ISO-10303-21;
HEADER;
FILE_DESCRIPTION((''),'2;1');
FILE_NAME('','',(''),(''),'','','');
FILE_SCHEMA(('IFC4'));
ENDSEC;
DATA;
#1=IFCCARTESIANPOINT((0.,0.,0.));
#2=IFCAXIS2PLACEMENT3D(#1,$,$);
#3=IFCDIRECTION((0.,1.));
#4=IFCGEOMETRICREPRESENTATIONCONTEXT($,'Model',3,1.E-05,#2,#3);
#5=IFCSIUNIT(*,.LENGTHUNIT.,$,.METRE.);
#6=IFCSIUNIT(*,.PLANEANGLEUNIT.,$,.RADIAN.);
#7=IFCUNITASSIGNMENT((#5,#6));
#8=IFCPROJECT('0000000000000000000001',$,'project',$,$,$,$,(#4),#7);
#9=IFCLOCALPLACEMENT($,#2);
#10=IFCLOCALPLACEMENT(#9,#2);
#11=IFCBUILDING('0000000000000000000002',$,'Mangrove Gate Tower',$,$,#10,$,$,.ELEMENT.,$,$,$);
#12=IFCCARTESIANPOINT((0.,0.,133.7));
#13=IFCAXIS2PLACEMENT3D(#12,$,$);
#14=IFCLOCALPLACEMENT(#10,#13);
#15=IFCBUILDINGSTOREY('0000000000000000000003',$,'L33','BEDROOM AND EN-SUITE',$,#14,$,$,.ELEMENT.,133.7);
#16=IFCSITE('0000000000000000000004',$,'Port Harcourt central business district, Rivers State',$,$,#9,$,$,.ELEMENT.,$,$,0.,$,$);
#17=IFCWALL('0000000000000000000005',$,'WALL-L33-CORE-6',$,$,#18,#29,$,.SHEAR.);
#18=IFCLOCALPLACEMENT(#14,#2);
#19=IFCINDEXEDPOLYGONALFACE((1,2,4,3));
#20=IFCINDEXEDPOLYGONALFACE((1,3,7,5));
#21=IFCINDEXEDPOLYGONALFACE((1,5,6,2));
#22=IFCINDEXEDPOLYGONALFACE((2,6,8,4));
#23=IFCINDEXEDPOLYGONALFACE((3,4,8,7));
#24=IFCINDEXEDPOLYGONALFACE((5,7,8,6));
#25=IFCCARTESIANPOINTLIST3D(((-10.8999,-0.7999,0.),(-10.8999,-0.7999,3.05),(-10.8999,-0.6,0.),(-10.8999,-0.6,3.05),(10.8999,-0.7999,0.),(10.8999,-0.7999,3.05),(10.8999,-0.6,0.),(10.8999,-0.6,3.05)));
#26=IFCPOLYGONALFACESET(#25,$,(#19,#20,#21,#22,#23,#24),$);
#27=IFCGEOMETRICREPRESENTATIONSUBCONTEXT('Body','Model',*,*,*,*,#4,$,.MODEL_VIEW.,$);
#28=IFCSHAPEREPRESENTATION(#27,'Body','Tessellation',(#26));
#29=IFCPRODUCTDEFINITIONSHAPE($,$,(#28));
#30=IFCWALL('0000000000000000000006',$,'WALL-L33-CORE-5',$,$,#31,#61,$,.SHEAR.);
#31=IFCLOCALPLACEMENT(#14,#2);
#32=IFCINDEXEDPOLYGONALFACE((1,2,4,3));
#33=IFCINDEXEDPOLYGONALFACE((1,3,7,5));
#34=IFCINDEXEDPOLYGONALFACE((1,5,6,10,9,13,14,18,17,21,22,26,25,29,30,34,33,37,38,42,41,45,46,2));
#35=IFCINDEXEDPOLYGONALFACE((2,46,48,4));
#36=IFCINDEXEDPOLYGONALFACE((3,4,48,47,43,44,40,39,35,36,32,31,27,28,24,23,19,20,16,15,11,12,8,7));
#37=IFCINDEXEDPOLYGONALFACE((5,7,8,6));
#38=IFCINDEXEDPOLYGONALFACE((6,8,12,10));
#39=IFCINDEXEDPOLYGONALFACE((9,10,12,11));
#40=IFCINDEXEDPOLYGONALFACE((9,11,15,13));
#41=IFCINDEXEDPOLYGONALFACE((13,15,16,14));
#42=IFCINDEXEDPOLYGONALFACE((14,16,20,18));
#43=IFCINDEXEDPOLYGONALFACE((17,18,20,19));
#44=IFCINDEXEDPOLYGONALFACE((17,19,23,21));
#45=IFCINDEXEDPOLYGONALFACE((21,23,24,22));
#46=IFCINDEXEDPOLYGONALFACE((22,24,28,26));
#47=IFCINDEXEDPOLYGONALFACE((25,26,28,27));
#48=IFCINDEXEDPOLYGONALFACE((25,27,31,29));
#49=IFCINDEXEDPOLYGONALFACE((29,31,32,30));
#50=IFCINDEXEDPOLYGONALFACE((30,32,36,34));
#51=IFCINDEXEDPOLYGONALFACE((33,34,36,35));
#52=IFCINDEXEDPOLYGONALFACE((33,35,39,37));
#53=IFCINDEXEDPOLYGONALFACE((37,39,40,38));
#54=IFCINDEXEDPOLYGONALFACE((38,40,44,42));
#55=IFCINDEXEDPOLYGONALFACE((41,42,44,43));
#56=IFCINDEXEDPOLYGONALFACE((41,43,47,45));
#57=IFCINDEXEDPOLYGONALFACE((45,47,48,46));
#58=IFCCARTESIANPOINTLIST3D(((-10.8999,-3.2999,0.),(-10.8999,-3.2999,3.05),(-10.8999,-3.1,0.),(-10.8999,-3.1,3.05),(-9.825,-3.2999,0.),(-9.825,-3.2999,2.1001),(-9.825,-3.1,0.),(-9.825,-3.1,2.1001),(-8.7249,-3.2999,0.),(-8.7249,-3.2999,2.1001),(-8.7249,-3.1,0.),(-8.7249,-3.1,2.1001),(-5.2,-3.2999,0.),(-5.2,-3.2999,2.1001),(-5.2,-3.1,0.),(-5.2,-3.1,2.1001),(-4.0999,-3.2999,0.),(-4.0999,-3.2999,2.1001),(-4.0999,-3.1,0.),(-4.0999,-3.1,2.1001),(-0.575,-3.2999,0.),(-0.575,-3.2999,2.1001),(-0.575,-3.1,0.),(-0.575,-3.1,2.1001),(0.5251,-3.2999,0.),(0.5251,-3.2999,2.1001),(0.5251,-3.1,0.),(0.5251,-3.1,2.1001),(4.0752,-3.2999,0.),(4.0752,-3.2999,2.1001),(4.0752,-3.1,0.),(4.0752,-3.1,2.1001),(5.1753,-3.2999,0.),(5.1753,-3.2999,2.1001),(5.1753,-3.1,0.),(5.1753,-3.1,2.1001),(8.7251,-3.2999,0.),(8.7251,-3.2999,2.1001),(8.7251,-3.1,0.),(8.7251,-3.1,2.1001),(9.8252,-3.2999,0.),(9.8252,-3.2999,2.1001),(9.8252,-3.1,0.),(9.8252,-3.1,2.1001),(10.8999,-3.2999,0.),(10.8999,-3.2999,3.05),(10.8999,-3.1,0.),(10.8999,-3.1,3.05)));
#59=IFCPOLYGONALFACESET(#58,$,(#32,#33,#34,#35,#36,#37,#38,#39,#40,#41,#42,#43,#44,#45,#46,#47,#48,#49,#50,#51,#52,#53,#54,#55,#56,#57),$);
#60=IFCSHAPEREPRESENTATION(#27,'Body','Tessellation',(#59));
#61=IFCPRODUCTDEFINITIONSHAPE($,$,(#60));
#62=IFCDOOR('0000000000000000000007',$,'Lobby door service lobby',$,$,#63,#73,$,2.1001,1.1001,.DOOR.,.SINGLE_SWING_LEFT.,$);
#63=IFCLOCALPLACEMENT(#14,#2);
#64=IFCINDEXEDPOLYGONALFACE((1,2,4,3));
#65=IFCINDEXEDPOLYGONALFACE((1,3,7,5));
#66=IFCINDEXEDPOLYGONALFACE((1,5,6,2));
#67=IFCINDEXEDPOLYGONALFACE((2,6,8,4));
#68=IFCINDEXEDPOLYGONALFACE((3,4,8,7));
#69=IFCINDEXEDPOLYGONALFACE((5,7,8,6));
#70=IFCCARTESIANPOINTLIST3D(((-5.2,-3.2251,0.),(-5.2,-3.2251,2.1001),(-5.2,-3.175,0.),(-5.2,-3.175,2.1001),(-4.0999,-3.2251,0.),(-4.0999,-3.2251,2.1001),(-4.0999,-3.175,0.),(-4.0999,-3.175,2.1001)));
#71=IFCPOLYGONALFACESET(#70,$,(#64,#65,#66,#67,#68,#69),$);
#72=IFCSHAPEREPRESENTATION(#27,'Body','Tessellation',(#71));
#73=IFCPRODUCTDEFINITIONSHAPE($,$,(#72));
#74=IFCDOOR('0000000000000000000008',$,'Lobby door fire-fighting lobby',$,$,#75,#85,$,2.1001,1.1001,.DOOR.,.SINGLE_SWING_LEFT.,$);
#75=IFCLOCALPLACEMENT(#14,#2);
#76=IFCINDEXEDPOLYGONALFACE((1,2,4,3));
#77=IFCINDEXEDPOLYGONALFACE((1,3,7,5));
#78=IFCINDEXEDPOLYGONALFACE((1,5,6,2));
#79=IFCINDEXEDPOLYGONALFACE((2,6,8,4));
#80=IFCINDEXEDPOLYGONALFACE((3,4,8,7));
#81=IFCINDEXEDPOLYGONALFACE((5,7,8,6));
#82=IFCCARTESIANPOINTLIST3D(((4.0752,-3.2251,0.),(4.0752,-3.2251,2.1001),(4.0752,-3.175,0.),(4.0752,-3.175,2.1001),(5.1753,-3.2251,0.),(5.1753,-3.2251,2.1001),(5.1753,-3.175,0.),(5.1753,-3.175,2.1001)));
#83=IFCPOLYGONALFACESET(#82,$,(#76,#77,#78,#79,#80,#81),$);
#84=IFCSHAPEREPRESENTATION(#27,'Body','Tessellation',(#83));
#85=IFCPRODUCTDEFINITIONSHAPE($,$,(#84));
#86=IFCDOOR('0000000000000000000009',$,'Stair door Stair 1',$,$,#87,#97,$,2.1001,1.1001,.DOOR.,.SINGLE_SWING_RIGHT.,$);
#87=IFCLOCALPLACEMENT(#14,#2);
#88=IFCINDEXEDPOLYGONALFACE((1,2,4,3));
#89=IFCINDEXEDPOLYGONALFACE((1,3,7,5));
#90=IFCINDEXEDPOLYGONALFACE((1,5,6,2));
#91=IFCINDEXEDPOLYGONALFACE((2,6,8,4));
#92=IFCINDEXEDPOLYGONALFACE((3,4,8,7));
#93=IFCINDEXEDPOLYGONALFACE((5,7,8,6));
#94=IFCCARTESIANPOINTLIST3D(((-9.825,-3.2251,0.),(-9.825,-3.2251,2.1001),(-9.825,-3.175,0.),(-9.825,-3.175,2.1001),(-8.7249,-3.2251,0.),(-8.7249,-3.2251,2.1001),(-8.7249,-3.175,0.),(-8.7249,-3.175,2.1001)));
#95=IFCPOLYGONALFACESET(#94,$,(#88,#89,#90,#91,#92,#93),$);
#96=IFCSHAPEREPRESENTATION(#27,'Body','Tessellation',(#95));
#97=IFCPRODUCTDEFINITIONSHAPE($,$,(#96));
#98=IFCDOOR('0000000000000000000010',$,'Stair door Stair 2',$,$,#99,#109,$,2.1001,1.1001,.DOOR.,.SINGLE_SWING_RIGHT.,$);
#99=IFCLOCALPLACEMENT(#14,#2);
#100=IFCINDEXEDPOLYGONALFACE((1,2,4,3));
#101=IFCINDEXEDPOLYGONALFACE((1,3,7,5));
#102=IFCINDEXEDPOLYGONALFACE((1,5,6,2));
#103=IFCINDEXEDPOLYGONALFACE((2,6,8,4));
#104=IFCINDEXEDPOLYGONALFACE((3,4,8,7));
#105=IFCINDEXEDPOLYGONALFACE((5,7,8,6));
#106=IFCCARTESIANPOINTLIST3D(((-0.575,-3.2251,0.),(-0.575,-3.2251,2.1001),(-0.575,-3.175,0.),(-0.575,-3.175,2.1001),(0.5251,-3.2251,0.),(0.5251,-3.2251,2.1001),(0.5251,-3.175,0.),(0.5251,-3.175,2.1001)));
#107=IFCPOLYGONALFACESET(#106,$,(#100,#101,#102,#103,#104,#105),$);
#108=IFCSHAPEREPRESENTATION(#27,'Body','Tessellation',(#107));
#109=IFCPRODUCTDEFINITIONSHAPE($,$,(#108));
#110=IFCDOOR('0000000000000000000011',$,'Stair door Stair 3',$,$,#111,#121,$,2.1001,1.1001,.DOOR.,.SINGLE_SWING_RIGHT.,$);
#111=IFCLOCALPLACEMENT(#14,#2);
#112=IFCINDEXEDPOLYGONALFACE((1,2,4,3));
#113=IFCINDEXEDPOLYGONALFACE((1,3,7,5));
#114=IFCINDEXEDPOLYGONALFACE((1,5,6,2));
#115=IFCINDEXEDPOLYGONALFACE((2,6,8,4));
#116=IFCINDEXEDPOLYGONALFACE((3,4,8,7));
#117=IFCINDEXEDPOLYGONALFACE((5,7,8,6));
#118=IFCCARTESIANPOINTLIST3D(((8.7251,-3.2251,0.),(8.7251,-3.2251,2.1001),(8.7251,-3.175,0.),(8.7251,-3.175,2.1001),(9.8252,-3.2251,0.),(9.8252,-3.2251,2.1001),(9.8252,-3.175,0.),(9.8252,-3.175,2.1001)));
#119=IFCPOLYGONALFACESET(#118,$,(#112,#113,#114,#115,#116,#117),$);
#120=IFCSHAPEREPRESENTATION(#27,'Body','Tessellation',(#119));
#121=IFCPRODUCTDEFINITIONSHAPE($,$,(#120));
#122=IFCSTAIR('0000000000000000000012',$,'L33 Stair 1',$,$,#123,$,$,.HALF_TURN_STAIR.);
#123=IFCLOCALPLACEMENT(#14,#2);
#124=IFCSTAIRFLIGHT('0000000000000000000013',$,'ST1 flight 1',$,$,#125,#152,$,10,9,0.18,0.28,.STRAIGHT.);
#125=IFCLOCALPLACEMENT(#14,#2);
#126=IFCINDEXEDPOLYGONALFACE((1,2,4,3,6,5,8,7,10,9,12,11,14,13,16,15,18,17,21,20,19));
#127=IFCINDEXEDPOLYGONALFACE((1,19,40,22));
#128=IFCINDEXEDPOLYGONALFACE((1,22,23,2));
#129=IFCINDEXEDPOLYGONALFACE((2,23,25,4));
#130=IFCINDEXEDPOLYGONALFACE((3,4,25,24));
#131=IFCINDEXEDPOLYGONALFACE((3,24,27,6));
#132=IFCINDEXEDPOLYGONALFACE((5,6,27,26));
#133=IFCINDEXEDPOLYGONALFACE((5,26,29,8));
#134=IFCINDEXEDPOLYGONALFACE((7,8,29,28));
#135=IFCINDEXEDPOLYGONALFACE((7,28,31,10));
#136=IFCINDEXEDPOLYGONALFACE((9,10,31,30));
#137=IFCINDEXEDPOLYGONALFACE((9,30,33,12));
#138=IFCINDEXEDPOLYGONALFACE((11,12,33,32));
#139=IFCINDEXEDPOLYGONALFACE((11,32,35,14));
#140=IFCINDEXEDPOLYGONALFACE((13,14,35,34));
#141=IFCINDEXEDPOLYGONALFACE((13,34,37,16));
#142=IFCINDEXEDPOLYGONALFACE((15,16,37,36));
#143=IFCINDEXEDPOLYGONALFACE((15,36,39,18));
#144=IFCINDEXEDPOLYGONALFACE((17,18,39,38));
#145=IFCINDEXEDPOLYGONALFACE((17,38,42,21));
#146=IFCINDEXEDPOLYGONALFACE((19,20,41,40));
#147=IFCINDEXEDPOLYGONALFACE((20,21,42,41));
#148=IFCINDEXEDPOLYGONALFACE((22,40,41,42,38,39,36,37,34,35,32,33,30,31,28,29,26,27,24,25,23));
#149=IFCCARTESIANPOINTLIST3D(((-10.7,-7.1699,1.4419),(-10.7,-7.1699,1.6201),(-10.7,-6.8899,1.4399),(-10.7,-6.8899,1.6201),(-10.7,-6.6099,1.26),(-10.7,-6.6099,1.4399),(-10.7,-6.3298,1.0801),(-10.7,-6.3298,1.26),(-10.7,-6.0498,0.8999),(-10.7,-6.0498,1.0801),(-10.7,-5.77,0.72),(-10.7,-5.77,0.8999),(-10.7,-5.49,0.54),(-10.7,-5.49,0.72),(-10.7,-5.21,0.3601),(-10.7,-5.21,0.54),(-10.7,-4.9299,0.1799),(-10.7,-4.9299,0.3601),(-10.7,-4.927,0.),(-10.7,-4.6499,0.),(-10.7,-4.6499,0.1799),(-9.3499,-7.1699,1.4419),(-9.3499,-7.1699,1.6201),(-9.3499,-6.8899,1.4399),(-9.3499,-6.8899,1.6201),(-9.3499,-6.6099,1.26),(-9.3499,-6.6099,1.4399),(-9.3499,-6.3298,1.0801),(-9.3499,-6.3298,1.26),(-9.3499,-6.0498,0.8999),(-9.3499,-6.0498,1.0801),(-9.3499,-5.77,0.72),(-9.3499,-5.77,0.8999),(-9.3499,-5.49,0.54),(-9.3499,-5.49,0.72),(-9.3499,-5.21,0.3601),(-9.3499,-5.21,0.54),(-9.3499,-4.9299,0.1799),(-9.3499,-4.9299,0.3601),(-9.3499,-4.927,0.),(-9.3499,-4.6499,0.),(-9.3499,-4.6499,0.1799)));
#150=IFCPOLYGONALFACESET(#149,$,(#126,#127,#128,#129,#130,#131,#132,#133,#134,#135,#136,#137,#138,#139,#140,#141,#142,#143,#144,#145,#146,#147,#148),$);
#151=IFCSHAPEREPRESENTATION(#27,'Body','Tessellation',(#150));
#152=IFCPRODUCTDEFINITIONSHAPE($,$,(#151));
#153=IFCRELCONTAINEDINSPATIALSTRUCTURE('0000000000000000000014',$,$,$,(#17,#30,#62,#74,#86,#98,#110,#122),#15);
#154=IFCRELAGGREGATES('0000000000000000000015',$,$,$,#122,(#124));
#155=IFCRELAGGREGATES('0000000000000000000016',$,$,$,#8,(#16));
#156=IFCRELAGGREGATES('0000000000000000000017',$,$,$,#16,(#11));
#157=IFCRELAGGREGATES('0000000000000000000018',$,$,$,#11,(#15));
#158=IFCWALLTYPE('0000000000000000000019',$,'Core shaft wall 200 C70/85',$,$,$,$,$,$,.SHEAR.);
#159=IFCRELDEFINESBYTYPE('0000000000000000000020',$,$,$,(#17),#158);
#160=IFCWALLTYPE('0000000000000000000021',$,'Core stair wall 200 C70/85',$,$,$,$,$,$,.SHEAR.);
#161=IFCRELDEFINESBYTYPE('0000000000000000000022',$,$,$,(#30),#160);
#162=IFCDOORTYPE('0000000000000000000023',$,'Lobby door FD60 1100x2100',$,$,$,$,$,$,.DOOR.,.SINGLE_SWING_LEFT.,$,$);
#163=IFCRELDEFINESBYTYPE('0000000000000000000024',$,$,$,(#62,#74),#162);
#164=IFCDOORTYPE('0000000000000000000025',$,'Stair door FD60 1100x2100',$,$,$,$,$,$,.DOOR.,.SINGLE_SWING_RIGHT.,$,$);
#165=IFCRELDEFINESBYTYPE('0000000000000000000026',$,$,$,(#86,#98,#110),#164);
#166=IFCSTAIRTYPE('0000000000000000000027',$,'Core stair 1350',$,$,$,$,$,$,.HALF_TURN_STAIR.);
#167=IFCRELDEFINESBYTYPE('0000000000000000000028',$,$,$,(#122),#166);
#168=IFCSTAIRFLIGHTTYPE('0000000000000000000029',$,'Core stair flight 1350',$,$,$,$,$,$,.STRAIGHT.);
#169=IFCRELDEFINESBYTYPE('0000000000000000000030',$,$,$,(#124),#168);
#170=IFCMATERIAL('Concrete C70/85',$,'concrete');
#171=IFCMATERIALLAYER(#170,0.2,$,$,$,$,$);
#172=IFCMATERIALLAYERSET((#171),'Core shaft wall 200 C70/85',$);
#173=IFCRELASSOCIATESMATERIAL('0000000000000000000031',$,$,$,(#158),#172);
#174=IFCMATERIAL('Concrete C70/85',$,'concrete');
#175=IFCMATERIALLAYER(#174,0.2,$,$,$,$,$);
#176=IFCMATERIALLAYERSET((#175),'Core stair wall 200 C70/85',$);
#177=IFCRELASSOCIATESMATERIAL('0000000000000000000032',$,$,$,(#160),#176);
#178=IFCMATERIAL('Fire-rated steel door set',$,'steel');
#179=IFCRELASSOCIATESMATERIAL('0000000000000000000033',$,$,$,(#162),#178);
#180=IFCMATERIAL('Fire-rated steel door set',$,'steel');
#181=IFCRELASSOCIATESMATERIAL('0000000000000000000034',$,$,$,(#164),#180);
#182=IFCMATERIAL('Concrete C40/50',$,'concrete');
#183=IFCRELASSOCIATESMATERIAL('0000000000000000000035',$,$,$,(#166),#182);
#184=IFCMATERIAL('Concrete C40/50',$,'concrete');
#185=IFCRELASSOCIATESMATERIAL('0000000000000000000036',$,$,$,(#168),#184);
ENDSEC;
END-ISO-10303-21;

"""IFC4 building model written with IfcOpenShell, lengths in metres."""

from ifc_helpers import new_model, si_unit, direction, frame, frame_2d, origin, place, context, subcontext, project, spatial, polyline, rectangle, outline, extrude, material, layer, layer_set, type_object, element, fill, aggregate, save


model = new_model("IFC4")

# Units and contexts
model_context = context("Model", 3, precision=1e-05, world=origin(), true_north=direction((0.0, 1.0)))
body_context = subcontext(model_context, "Body", "Model", "MODEL_VIEW")
ifc_project = project(units=[si_unit("LENGTHUNIT", "METRE"), si_unit("PLANEANGLEUNIT", "RADIAN")], contexts=[model_context])

# Site, building, storey
site_placement = place(None, origin())
site = spatial("IfcSite", under=ifc_project, at=site_placement, Name="Port Harcourt central business district, Rivers State", CompositionType="ELEMENT", RefElevation=0.0)
building_placement = place(site_placement, origin())
building = spatial("IfcBuilding", under=site, at=building_placement, Name="Mangrove Gate Tower", CompositionType="ELEMENT")
storey_placement = place(building_placement, frame((0.0, 0.0, 133.7)))
storey = spatial("IfcBuildingStorey", under=building, at=storey_placement, Name="L33", Description="BEDROOM AND EN-SUITE", CompositionType="ELEMENT", Elevation=133.7)

# Wall
ifc_material_1 = material(Name="Concrete C70/85", Category="concrete")
ifc_layer_1 = layer(ifc_material_1, 0.2)
ifc_layer_set_1 = layer_set([ifc_layer_1], Name="Core shaft wall 200 C70/85")
wall_type_1 = type_object("IfcWallType", Name="Core shaft wall 200 C70/85", PredefinedType="SHEAR", material=ifc_layer_set_1)
wall_1_placement = place(storey_placement, frame((-10.8999, -0.7, 0.0), z_axis=(0.0, 0.0, 1.0), x_axis=(1.0, 0.0, 0.0)))
element("IfcWall", 1, at=wall_1_placement, inside=storey, type_object=wall_type_1, Name="WALL-L33-CORE-6", PredefinedType="SHEAR", context=body_context, shape_type="SweptSolid", body=[
    extrude(rectangle(XDim=21.7998, YDim=0.2, at=frame_2d((10.8999, 0.0))), origin(), (0.0, 0.0, 1.0), 3.05),
])

# Wall, openings, doors
ifc_material_2 = material(Name="Concrete C70/85", Category="concrete")
ifc_layer_2 = layer(ifc_material_2, 0.2)
ifc_layer_set_2 = layer_set([ifc_layer_2], Name="Core stair wall 200 C70/85")
wall_type_2 = type_object("IfcWallType", Name="Core stair wall 200 C70/85", PredefinedType="SHEAR", material=ifc_layer_set_2)
wall_2_placement = place(storey_placement, frame((-10.8999, -3.2, 0.0), z_axis=(0.0, 0.0, 1.0), x_axis=(1.0, 0.0, 0.0)))
wall_2 = element("IfcWall", 2, at=wall_2_placement, inside=storey, type_object=wall_type_2, Name="WALL-L33-CORE-5", PredefinedType="SHEAR", context=body_context, shape_type="SweptSolid", body=[
    extrude(rectangle(XDim=21.7998, YDim=0.2, at=frame_2d((10.8999, 0.0))), origin(), (0.0, 0.0, 1.0), 3.05),
])
opening_1_placement = place(wall_2_placement, frame((1.075, 0.0, 0.0)))
opening_1 = element("IfcOpeningElement", 3, at=opening_1_placement, cuts=wall_2, PredefinedType="OPENING", context=body_context, shape_type="SweptSolid", body=[
    extrude(rectangle(XDim=1.1001, YDim=2.1001, at=frame_2d((0.55, 1.05))), frame((0.0, 0.1099, 0.0), z_axis=(0.0, -1.0, 0.0), x_axis=(1.0, 0.0, 0.0)), (0.0, 0.0, 1.0), 0.22),
])
opening_2_placement = place(wall_2_placement, frame((10.325, 0.0, 0.0)))
opening_2 = element("IfcOpeningElement", 4, at=opening_2_placement, cuts=wall_2, PredefinedType="OPENING", context=body_context, shape_type="SweptSolid", body=[
    extrude(rectangle(XDim=1.1001, YDim=2.1001, at=frame_2d((0.55, 1.05))), frame((0.0, 0.1099, 0.0), z_axis=(0.0, -1.0, 0.0), x_axis=(1.0, 0.0, 0.0)), (0.0, 0.0, 1.0), 0.22),
])
opening_3_placement = place(wall_2_placement, frame((19.625, 0.0, 0.0)))
opening_3 = element("IfcOpeningElement", 5, at=opening_3_placement, cuts=wall_2, PredefinedType="OPENING", context=body_context, shape_type="SweptSolid", body=[
    extrude(rectangle(XDim=1.1001, YDim=2.1001, at=frame_2d((0.55, 1.05))), frame((0.0, 0.1099, 0.0), z_axis=(0.0, -1.0, 0.0), x_axis=(1.0, 0.0, 0.0)), (0.0, 0.0, 1.0), 0.22),
])
opening_4_placement = place(wall_2_placement, frame((5.7, 0.0, 0.0)))
opening_4 = element("IfcOpeningElement", 6, at=opening_4_placement, cuts=wall_2, PredefinedType="OPENING", context=body_context, shape_type="SweptSolid", body=[
    extrude(rectangle(XDim=1.1001, YDim=2.1001, at=frame_2d((0.55, 1.05))), frame((0.0, 0.1099, 0.0), z_axis=(0.0, -1.0, 0.0), x_axis=(1.0, 0.0, 0.0)), (0.0, 0.0, 1.0), 0.22),
])
opening_5_placement = place(wall_2_placement, frame((14.9751, 0.0, 0.0)))
opening_5 = element("IfcOpeningElement", 7, at=opening_5_placement, cuts=wall_2, PredefinedType="OPENING", context=body_context, shape_type="SweptSolid", body=[
    extrude(rectangle(XDim=1.1001, YDim=2.1001, at=frame_2d((0.55, 1.05))), frame((0.0, 0.1099, 0.0), z_axis=(0.0, -1.0, 0.0), x_axis=(1.0, 0.0, 0.0)), (0.0, 0.0, 1.0), 0.22),
])
ifc_material_3 = material(Name="Fire-rated steel door set", Category="steel")
door_type_1 = type_object("IfcDoorType", Name="Lobby door FD60 1100x2100", OperationType="SINGLE_SWING_LEFT", PredefinedType="DOOR", material=ifc_material_3)
door_1_placement = place(opening_4_placement, origin())
door_1 = element("IfcDoor", 8, at=door_1_placement, inside=storey, type_object=door_type_1, Name="Lobby door service lobby", OperationType="SINGLE_SWING_LEFT", OverallHeight=2.1001, OverallWidth=1.1001, PredefinedType="DOOR", context=body_context, shape_type="SweptSolid", body=[
    extrude(rectangle(XDim=1.1001, YDim=2.1001, at=frame_2d((0.55, 1.05))), frame((0.0, 0.0249, 0.0), z_axis=(0.0, -1.0, 0.0), x_axis=(1.0, 0.0, 0.0)), (0.0, 0.0, 1.0), 0.05),
])
fill(opening_4, door_1)
door_2_placement = place(opening_5_placement, origin())
door_2 = element("IfcDoor", 9, at=door_2_placement, inside=storey, type_object=door_type_1, Name="Lobby door fire-fighting lobby", OperationType="SINGLE_SWING_LEFT", OverallHeight=2.1001, OverallWidth=1.1001, PredefinedType="DOOR", context=body_context, shape_type="SweptSolid", body=[
    extrude(rectangle(XDim=1.1001, YDim=2.1001, at=frame_2d((0.55, 1.05))), frame((0.0, 0.0249, 0.0), z_axis=(0.0, -1.0, 0.0), x_axis=(1.0, 0.0, 0.0)), (0.0, 0.0, 1.0), 0.05),
])
fill(opening_5, door_2)
ifc_material_4 = material(Name="Fire-rated steel door set", Category="steel")
door_type_2 = type_object("IfcDoorType", Name="Stair door FD60 1100x2100", OperationType="SINGLE_SWING_RIGHT", PredefinedType="DOOR", material=ifc_material_4)
door_3_placement = place(opening_1_placement, origin())
door_3 = element("IfcDoor", 10, at=door_3_placement, inside=storey, type_object=door_type_2, Name="Stair door Stair 1", OperationType="SINGLE_SWING_RIGHT", OverallHeight=2.1001, OverallWidth=1.1001, PredefinedType="DOOR", context=body_context, shape_type="SweptSolid", body=[
    extrude(rectangle(XDim=1.1001, YDim=2.1001, at=frame_2d((0.55, 1.05))), frame((0.0, 0.0249, 0.0), z_axis=(0.0, -1.0, 0.0), x_axis=(1.0, 0.0, 0.0)), (0.0, 0.0, 1.0), 0.05),
])
fill(opening_1, door_3)
door_4_placement = place(opening_2_placement, origin())
door_4 = element("IfcDoor", 11, at=door_4_placement, inside=storey, type_object=door_type_2, Name="Stair door Stair 2", OperationType="SINGLE_SWING_RIGHT", OverallHeight=2.1001, OverallWidth=1.1001, PredefinedType="DOOR", context=body_context, shape_type="SweptSolid", body=[
    extrude(rectangle(XDim=1.1001, YDim=2.1001, at=frame_2d((0.55, 1.05))), frame((0.0, 0.0249, 0.0), z_axis=(0.0, -1.0, 0.0), x_axis=(1.0, 0.0, 0.0)), (0.0, 0.0, 1.0), 0.05),
])
fill(opening_2, door_4)
door_5_placement = place(opening_3_placement, origin())
door_5 = element("IfcDoor", 12, at=door_5_placement, inside=storey, type_object=door_type_2, Name="Stair door Stair 3", OperationType="SINGLE_SWING_RIGHT", OverallHeight=2.1001, OverallWidth=1.1001, PredefinedType="DOOR", context=body_context, shape_type="SweptSolid", body=[
    extrude(rectangle(XDim=1.1001, YDim=2.1001, at=frame_2d((0.55, 1.05))), frame((0.0, 0.0249, 0.0), z_axis=(0.0, -1.0, 0.0), x_axis=(1.0, 0.0, 0.0)), (0.0, 0.0, 1.0), 0.05),
])
fill(opening_3, door_5)

# Stair, stair flight
ifc_material_5 = material(Name="Concrete C40/50", Category="concrete")
stair_type = type_object("IfcStairType", Name="Core stair 1350", PredefinedType="HALF_TURN_STAIR", material=ifc_material_5)
stair_1_placement = place(storey_placement, origin())
stair_1 = element("IfcStair", 13, at=stair_1_placement, inside=storey, type_object=stair_type, Name="L33 Stair 1", PredefinedType="HALF_TURN_STAIR")
ifc_material_6 = material(Name="Concrete C40/50", Category="concrete")
stair_flight_type = type_object("IfcStairFlightType", Name="Core stair flight 1350", PredefinedType="STRAIGHT", material=ifc_material_6)
stair_flight_1_placement = place(storey_placement, frame((-10.0249, -4.6499, 0.0), z_axis=(0.0, 0.0, 1.0), x_axis=(0.0, -1.0, 0.0)))
stair_flight_1 = element("IfcStairFlight", 14, at=stair_flight_1_placement, type_object=stair_flight_type, Name="ST1 flight 1", NumberOfRisers=10, NumberOfTreads=9, PredefinedType="STRAIGHT", RiserHeight=0.18, TreadLength=0.28, context=body_context, shape_type="SweptSolid", body=[
    extrude(outline(polyline([(0.0, 0.0), (0.0, 0.1799), (0.28, 0.1799), (0.28, 0.3601), (0.5601, 0.3601), (0.5601, 0.54), (0.8401, 0.54), (0.8401, 0.72), (1.1201, 0.72), (1.1201, 0.8999), (1.3999, 0.8999), (1.3999, 1.0801), (1.6799, 1.0801), (1.6799, 1.26), (1.96, 1.26), (1.96, 1.4399), (2.24, 1.4399), (2.24, 1.6201), (2.52, 1.6201), (2.52, 1.8), (2.52, 1.4419), (0.2771, 0.0), (0.0, 0.0)])), frame((0.0, 0.675, 0.0), z_axis=(0.0, -1.0, 0.0), x_axis=(1.0, 0.0, 0.0)), (0.0, 0.0, 1.0), 1.3501),
])
aggregate(stair_1, [stair_flight_1])

save(model, "model.ifc")
